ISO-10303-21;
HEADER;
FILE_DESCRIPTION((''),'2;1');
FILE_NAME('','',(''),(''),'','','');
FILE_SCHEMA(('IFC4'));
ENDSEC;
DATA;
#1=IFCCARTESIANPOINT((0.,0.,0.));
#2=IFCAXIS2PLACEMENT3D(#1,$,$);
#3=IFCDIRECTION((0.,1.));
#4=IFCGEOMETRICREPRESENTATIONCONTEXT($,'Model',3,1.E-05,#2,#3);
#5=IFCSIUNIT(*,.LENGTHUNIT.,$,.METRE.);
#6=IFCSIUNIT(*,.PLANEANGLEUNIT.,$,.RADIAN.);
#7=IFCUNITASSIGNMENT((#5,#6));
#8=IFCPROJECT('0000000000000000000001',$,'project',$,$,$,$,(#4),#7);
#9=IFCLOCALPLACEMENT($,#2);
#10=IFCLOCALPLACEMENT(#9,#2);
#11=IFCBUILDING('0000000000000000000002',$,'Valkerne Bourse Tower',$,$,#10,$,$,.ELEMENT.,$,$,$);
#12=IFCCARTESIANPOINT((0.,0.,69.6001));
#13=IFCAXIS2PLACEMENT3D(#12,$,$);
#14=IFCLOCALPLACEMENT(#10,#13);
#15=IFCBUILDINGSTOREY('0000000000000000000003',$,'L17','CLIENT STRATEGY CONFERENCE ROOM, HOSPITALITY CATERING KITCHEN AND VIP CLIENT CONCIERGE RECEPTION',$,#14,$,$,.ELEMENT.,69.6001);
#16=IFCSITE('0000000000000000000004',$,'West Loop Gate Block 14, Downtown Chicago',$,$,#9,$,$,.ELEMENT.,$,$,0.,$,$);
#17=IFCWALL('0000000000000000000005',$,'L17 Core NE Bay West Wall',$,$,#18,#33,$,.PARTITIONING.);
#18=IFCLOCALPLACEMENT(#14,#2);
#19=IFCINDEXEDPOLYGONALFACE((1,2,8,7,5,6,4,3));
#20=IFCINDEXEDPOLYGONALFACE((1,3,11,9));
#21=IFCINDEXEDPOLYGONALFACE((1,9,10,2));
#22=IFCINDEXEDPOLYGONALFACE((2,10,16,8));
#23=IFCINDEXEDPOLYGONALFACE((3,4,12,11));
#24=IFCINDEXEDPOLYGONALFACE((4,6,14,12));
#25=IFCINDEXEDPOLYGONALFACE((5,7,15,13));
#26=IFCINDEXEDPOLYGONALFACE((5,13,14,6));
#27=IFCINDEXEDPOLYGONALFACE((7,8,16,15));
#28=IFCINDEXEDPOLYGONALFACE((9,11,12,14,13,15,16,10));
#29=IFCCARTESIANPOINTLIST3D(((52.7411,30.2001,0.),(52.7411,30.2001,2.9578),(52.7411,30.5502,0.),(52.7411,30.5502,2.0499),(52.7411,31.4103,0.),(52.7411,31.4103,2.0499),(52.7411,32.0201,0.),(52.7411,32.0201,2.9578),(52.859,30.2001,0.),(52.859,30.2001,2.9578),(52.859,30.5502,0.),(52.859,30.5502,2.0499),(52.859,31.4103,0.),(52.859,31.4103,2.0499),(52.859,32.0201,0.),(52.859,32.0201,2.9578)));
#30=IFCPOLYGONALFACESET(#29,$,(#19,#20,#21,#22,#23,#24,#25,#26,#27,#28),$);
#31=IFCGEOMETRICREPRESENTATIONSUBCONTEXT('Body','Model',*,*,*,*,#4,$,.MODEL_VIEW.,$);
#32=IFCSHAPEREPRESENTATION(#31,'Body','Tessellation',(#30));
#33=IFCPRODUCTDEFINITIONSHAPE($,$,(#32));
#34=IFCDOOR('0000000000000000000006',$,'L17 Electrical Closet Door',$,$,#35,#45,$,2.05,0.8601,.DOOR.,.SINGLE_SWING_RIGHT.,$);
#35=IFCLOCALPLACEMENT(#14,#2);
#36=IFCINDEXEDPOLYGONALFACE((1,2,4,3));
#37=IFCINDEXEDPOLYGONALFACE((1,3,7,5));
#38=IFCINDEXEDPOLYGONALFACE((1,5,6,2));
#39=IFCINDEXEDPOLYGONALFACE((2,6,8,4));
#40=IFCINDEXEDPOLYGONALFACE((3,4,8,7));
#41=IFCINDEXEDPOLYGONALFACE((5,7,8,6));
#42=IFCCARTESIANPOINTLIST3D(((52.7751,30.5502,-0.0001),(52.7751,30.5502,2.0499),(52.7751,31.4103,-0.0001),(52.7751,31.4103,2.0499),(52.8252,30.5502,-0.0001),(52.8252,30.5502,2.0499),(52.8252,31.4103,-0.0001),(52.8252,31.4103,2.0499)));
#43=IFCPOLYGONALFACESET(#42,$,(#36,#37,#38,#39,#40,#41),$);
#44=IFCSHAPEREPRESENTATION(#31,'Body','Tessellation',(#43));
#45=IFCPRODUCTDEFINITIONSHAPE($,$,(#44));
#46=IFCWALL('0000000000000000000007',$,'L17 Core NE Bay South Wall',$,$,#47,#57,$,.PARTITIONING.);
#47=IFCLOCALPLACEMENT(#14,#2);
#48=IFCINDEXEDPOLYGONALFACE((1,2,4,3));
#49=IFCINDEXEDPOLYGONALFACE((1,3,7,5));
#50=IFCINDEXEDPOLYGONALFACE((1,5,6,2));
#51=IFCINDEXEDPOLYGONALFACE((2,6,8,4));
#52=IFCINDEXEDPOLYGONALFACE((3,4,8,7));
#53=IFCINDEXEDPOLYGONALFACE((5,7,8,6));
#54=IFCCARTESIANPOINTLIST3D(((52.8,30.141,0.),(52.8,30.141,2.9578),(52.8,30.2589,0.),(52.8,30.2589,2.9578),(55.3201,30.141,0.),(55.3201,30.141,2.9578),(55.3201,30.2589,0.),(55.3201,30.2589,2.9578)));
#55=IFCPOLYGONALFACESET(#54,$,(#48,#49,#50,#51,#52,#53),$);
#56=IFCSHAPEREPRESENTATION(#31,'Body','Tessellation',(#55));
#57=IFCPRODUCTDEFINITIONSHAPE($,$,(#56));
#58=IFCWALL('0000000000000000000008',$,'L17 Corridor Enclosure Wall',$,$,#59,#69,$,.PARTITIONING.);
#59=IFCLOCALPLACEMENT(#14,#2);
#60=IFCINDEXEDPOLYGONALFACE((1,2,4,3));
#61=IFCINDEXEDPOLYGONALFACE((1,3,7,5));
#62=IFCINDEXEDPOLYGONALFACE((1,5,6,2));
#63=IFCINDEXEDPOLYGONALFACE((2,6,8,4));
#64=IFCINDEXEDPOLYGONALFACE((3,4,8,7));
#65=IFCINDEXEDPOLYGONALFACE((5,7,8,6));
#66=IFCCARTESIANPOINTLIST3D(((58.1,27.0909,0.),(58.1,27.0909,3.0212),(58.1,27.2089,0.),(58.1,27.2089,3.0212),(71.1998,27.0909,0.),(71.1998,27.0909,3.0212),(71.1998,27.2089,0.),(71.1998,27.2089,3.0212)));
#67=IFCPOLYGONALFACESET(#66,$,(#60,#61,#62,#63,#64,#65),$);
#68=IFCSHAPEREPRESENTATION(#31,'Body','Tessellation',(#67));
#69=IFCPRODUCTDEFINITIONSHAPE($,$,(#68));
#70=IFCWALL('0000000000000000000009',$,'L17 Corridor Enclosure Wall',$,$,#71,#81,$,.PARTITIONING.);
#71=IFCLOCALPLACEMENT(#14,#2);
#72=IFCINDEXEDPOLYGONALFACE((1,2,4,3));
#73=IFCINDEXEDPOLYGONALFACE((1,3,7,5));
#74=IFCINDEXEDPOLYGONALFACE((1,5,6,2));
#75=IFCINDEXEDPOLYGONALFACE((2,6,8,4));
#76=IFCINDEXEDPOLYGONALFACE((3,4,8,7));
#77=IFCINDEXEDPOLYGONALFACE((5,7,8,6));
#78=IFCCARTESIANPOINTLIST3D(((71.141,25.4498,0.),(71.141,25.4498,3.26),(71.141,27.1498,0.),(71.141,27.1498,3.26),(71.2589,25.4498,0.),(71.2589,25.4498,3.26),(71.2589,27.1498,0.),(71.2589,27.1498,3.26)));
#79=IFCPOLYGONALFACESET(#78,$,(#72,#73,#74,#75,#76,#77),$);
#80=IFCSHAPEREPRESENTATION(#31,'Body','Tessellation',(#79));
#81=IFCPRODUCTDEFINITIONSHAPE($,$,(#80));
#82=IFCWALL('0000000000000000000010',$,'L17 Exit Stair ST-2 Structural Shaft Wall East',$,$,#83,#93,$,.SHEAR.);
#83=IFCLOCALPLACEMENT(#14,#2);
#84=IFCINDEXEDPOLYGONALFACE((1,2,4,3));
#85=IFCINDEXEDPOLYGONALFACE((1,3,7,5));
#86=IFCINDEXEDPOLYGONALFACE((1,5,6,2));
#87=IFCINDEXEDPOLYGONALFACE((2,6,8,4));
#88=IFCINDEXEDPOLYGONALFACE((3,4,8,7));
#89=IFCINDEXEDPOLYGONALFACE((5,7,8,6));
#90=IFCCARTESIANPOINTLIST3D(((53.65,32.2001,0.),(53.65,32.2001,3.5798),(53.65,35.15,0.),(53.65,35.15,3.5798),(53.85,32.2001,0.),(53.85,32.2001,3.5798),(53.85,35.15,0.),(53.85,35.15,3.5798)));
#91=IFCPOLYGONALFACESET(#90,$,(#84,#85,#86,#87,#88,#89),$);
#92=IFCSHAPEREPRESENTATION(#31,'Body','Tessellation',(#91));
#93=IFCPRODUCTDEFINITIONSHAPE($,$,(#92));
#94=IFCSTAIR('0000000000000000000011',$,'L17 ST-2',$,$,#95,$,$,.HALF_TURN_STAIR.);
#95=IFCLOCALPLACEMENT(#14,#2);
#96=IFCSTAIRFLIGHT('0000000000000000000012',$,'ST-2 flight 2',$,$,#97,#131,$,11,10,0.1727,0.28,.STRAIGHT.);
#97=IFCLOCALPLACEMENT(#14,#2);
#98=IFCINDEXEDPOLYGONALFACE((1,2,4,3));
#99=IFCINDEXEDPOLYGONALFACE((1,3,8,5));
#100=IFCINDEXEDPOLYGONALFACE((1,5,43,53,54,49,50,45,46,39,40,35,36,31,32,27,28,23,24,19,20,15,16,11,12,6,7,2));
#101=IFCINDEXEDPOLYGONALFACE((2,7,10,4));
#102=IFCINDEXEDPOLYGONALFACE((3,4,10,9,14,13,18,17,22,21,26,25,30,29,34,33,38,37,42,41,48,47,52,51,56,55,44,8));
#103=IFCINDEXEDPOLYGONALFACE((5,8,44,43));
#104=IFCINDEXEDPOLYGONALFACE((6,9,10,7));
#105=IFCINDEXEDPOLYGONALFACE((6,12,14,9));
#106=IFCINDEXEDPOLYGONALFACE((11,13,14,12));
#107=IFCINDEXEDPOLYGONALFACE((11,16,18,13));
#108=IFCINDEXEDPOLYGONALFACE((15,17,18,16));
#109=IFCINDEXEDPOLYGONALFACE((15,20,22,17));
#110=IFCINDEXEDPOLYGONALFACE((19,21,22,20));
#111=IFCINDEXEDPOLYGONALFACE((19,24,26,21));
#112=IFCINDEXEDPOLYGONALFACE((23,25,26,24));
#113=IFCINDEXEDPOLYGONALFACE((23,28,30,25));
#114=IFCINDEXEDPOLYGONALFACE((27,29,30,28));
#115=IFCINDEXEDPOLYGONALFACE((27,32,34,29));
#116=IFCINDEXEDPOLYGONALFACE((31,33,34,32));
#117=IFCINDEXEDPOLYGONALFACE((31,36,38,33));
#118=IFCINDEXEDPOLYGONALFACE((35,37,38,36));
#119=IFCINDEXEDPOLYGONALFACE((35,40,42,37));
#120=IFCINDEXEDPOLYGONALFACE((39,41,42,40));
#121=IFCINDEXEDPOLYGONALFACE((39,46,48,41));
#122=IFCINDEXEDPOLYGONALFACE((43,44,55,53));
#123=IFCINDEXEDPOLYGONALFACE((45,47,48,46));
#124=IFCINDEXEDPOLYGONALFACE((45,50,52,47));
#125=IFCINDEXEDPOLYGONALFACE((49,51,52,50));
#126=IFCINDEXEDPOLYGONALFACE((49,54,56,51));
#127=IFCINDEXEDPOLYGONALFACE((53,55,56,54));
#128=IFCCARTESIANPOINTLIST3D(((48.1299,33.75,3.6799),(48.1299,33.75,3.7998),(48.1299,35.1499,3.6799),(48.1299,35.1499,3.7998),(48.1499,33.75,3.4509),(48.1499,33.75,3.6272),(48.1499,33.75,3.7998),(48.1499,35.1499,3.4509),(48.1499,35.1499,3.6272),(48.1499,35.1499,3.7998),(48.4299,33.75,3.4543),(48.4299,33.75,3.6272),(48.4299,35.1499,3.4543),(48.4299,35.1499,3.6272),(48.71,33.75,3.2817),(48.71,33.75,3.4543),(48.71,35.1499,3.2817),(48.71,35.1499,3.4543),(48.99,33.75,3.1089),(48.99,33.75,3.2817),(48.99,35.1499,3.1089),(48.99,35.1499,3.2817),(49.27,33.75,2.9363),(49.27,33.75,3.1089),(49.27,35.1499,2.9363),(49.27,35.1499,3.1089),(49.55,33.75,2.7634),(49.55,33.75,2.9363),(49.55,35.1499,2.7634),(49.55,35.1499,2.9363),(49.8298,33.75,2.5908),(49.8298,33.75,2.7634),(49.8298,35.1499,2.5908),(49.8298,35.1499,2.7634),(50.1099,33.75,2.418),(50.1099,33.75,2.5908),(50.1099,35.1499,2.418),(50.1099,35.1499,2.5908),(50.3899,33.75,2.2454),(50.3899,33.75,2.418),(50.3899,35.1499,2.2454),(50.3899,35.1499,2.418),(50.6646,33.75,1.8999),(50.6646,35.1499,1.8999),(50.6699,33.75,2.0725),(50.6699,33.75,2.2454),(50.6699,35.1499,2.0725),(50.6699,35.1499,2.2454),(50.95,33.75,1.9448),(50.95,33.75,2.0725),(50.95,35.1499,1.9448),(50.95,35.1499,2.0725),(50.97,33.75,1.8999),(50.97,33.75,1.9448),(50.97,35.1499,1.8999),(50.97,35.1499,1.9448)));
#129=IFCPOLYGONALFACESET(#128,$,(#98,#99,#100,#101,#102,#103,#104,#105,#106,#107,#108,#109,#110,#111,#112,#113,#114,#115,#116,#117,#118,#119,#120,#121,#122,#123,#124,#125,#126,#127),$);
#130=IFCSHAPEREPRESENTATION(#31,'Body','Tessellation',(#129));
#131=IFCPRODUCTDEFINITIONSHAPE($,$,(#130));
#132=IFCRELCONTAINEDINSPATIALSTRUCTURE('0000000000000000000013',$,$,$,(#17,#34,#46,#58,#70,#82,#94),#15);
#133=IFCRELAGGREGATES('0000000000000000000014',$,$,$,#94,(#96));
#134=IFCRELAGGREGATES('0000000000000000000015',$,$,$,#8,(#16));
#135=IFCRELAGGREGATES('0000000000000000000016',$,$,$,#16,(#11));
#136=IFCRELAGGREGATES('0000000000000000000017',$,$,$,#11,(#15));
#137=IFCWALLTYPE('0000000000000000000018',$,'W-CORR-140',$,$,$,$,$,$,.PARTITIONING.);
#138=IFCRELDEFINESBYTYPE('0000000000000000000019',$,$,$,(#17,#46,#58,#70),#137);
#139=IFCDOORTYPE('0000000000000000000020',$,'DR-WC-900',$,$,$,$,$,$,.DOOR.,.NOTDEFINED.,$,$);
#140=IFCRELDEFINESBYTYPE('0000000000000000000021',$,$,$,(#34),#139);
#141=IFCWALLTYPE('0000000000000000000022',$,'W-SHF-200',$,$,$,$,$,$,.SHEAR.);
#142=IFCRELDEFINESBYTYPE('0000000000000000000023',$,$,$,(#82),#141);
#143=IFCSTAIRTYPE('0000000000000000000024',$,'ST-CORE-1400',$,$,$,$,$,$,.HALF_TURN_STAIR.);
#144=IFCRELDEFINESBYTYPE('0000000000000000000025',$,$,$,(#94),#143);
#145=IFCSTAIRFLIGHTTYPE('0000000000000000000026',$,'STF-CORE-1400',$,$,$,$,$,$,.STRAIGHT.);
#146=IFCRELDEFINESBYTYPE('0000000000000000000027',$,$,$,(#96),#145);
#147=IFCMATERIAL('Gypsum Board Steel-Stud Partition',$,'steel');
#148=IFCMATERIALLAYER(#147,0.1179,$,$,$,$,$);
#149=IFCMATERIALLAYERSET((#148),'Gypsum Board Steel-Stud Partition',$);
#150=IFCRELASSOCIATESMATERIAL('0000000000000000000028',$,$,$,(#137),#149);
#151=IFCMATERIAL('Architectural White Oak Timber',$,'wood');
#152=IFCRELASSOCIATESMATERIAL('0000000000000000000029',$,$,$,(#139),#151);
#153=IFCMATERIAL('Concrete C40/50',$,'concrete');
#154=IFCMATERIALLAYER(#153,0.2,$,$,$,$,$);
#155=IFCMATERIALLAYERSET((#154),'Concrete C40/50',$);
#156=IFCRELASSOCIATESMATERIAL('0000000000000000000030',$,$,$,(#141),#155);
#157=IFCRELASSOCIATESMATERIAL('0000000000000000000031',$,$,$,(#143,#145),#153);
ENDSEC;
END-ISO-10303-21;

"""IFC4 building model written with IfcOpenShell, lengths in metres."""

from ifc_helpers import new_model, si_unit, direction, frame, frame_2d, origin, place, context, subcontext, project, spatial, polyline, rectangle, outline, extrude, material, layer, layer_set, type_object, element, fill, aggregate, save


model = new_model("IFC4")

# Units and contexts
model_context = context("Model", 3, precision=1e-05, world=origin(), true_north=direction((0.0, 1.0)))
body_context = subcontext(model_context, "Body", "Model", "MODEL_VIEW")
ifc_project = project(units=[si_unit("LENGTHUNIT", "METRE"), si_unit("PLANEANGLEUNIT", "RADIAN")], contexts=[model_context])

# Site, building, storey
site_placement = place(None, origin())
site = spatial("IfcSite", under=ifc_project, at=site_placement, Name="West Loop Gate Block 14, Downtown Chicago", CompositionType="ELEMENT", RefElevation=0.0)
building_placement = place(site_placement, origin())
building = spatial("IfcBuilding", under=site, at=building_placement, Name="Valkerne Bourse Tower", CompositionType="ELEMENT")
storey_placement = place(building_placement, frame((0.0, 0.0, 69.6001)))
storey = spatial("IfcBuildingStorey", under=building, at=storey_placement, Name="L17", Description="CLIENT STRATEGY CONFERENCE ROOM, HOSPITALITY CATERING KITCHEN AND VIP CLIENT CONCIERGE RECEPTION", CompositionType="ELEMENT", Elevation=69.6001)

# Wall, opening, door
ifc_material_1 = material(Name="Gypsum Board Steel-Stud Partition", Category="steel")
ifc_layer_1 = layer(ifc_material_1, 0.1179)
ifc_layer_set_1 = layer_set([ifc_layer_1], Name="Gypsum Board Steel-Stud Partition")
wall_type_1 = type_object("IfcWallType", Name="W-CORR-140", PredefinedType="PARTITIONING", material=ifc_layer_set_1)
wall_1_placement = place(storey_placement, frame((52.8, 30.2, 0.0), z_axis=(0.0, 0.0, 1.0), x_axis=(0.0, 1.0, 0.0)))
wall_1 = element("IfcWall", 1, at=wall_1_placement, inside=storey, type_object=wall_type_1, Name="L17 Core NE Bay West Wall", PredefinedType="PARTITIONING", context=body_context, shape_type="SweptSolid", body=[
    extrude(rectangle(XDim=1.8201, YDim=0.1179, at=frame_2d((0.9102, 0.0))), origin(), (0.0, 0.0, 1.0), 2.9578),
])
opening_placement = place(wall_1_placement, frame((0.3501, 0.0, 0.0)))
opening = element("IfcOpeningElement", 2, at=opening_placement, cuts=wall_1, PredefinedType="OPENING", context=body_context, shape_type="SweptSolid", body=[
    extrude(rectangle(XDim=0.8601, YDim=2.05, at=frame_2d((0.4302, 1.0249))), frame((0.0, 0.0688, 0.0), z_axis=(0.0, -1.0, 0.0), x_axis=(1.0, 0.0, 0.0)), (0.0, 0.0, 1.0), 0.1379),
])
ifc_material_2 = material(Name="Architectural White Oak Timber", Category="wood")
door_type = type_object("IfcDoorType", Name="DR-WC-900", OperationType="NOTDEFINED", PredefinedType="DOOR", material=ifc_material_2)
door_placement = place(opening_placement, origin())
door = element("IfcDoor", 3, at=door_placement, inside=storey, type_object=door_type, Name="L17 Electrical Closet Door", OperationType="SINGLE_SWING_RIGHT", OverallHeight=2.05, OverallWidth=0.8601, PredefinedType="DOOR", context=body_context, shape_type="SweptSolid", body=[
    extrude(rectangle(XDim=0.8601, YDim=2.05, at=frame_2d((0.4302, 1.0249))), frame((0.0, 0.0249, 0.0), z_axis=(0.0, -1.0, 0.0), x_axis=(1.0, 0.0, 0.0)), (0.0, 0.0, 1.0), 0.05),
])
fill(opening, door)

# Walls
wall_2_placement = place(storey_placement, frame((52.8, 30.2, 0.0), z_axis=(0.0, 0.0, 1.0), x_axis=(1.0, 0.0, 0.0)))
element("IfcWall", 4, at=wall_2_placement, inside=storey, type_object=wall_type_1, Name="L17 Core NE Bay South Wall", PredefinedType="PARTITIONING", context=body_context, shape_type="SweptSolid", body=[
    extrude(rectangle(XDim=2.52, YDim=0.1179, at=frame_2d((1.26, 0.0))), origin(), (0.0, 0.0, 1.0), 2.9578),
])
wall_3_placement = place(storey_placement, frame((58.1001, 27.1499, 0.0), z_axis=(0.0, 0.0, 1.0), x_axis=(1.0, 0.0, 0.0)))
element("IfcWall", 5, at=wall_3_placement, inside=storey, type_object=wall_type_1, Name="L17 Corridor Enclosure Wall", PredefinedType="PARTITIONING", context=body_context, shape_type="SweptSolid", body=[
    extrude(rectangle(XDim=13.0999, YDim=0.1179, at=frame_2d((6.5498, 0.0))), origin(), (0.0, 0.0, 1.0), 3.0212),
])
wall_4_placement = place(storey_placement, frame((71.2, 27.1499, 0.0), z_axis=(0.0, 0.0, 1.0), x_axis=(0.0, -1.0, 0.0)))
element("IfcWall", 6, at=wall_4_placement, inside=storey, type_object=wall_type_1, Name="L17 Corridor Enclosure Wall", PredefinedType="PARTITIONING", context=body_context, shape_type="SweptSolid", body=[
    extrude(rectangle(XDim=1.7, YDim=0.1179, at=frame_2d((0.8501, 0.0))), origin(), (0.0, 0.0, 1.0), 3.26),
])
ifc_material_3 = material(Name="Concrete C40/50", Category="concrete")
ifc_layer_2 = layer(ifc_material_3, 0.2)
ifc_layer_set_2 = layer_set([ifc_layer_2], Name="Concrete C40/50")
wall_type_2 = type_object("IfcWallType", Name="W-SHF-200", PredefinedType="SHEAR", material=ifc_layer_set_2)
wall_5_placement = place(storey_placement, frame((53.75, 32.2, 0.0), z_axis=(0.0, 0.0, 1.0), x_axis=(0.0, 1.0, 0.0)))
element("IfcWall", 7, at=wall_5_placement, inside=storey, type_object=wall_type_2, Name="L17 Exit Stair ST-2 Structural Shaft Wall East", PredefinedType="SHEAR", context=body_context, shape_type="SweptSolid", body=[
    extrude(rectangle(XDim=2.95, YDim=0.2, at=frame_2d((1.4751, 0.0))), origin(), (0.0, 0.0, 1.0), 3.5798),
])

# Stair, stair flight
stair_type = type_object("IfcStairType", Name="ST-CORE-1400", PredefinedType="HALF_TURN_STAIR", material=ifc_material_3)
stair_placement = place(storey_placement, origin())
stair = element("IfcStair", 8, at=stair_placement, inside=storey, type_object=stair_type, Name="L17 ST-2", PredefinedType="HALF_TURN_STAIR")
stair_flight_type = type_object("IfcStairFlightType", Name="STF-CORE-1400", PredefinedType="STRAIGHT", material=ifc_material_3)
stair_flight_placement = place(storey_placement, frame((50.95, 34.45, 1.8999), z_axis=(0.0, 0.0, 1.0), x_axis=(-1.0, 0.0, 0.0)))
stair_flight = element("IfcStairFlight", 9, at=stair_flight_placement, type_object=stair_flight_type, Name="ST-2 flight 2", NumberOfRisers=11, NumberOfTreads=10, PredefinedType="STRAIGHT", RiserHeight=0.1727, TreadLength=0.28, context=body_context, shape_type="SweptSolid", body=[
    extrude(outline(polyline([(-0.02, 0.0), (-0.02, 0.0449), (0.0, 0.0449), (0.0, 0.1726), (0.28, 0.1726), (0.28, 0.3455), (0.5601, 0.3455), (0.5601, 0.5181), (0.8401, 0.5181), (0.8401, 0.6909), (1.1201, 0.6909), (1.1201, 0.8635), (1.3999, 0.8635), (1.3999, 1.0364), (1.6799, 1.0364), (1.6799, 1.209), (1.96, 1.209), (1.96, 1.3818), (2.24, 1.3818), (2.24, 1.5544), (2.52, 1.5544), (2.52, 1.7273), (2.8, 1.7273), (2.8, 1.8999), (2.8201, 1.8999), (2.8201, 1.78), (2.8, 1.551), (0.2854, 0.0), (-0.02, 0.0)])), frame((0.0, 0.7, 0.0), z_axis=(0.0, -1.0, 0.0), x_axis=(1.0, 0.0, 0.0)), (0.0, 0.0, 1.0), 1.3999),
])
aggregate(stair, [stair_flight])

save(model, "model.ifc")
